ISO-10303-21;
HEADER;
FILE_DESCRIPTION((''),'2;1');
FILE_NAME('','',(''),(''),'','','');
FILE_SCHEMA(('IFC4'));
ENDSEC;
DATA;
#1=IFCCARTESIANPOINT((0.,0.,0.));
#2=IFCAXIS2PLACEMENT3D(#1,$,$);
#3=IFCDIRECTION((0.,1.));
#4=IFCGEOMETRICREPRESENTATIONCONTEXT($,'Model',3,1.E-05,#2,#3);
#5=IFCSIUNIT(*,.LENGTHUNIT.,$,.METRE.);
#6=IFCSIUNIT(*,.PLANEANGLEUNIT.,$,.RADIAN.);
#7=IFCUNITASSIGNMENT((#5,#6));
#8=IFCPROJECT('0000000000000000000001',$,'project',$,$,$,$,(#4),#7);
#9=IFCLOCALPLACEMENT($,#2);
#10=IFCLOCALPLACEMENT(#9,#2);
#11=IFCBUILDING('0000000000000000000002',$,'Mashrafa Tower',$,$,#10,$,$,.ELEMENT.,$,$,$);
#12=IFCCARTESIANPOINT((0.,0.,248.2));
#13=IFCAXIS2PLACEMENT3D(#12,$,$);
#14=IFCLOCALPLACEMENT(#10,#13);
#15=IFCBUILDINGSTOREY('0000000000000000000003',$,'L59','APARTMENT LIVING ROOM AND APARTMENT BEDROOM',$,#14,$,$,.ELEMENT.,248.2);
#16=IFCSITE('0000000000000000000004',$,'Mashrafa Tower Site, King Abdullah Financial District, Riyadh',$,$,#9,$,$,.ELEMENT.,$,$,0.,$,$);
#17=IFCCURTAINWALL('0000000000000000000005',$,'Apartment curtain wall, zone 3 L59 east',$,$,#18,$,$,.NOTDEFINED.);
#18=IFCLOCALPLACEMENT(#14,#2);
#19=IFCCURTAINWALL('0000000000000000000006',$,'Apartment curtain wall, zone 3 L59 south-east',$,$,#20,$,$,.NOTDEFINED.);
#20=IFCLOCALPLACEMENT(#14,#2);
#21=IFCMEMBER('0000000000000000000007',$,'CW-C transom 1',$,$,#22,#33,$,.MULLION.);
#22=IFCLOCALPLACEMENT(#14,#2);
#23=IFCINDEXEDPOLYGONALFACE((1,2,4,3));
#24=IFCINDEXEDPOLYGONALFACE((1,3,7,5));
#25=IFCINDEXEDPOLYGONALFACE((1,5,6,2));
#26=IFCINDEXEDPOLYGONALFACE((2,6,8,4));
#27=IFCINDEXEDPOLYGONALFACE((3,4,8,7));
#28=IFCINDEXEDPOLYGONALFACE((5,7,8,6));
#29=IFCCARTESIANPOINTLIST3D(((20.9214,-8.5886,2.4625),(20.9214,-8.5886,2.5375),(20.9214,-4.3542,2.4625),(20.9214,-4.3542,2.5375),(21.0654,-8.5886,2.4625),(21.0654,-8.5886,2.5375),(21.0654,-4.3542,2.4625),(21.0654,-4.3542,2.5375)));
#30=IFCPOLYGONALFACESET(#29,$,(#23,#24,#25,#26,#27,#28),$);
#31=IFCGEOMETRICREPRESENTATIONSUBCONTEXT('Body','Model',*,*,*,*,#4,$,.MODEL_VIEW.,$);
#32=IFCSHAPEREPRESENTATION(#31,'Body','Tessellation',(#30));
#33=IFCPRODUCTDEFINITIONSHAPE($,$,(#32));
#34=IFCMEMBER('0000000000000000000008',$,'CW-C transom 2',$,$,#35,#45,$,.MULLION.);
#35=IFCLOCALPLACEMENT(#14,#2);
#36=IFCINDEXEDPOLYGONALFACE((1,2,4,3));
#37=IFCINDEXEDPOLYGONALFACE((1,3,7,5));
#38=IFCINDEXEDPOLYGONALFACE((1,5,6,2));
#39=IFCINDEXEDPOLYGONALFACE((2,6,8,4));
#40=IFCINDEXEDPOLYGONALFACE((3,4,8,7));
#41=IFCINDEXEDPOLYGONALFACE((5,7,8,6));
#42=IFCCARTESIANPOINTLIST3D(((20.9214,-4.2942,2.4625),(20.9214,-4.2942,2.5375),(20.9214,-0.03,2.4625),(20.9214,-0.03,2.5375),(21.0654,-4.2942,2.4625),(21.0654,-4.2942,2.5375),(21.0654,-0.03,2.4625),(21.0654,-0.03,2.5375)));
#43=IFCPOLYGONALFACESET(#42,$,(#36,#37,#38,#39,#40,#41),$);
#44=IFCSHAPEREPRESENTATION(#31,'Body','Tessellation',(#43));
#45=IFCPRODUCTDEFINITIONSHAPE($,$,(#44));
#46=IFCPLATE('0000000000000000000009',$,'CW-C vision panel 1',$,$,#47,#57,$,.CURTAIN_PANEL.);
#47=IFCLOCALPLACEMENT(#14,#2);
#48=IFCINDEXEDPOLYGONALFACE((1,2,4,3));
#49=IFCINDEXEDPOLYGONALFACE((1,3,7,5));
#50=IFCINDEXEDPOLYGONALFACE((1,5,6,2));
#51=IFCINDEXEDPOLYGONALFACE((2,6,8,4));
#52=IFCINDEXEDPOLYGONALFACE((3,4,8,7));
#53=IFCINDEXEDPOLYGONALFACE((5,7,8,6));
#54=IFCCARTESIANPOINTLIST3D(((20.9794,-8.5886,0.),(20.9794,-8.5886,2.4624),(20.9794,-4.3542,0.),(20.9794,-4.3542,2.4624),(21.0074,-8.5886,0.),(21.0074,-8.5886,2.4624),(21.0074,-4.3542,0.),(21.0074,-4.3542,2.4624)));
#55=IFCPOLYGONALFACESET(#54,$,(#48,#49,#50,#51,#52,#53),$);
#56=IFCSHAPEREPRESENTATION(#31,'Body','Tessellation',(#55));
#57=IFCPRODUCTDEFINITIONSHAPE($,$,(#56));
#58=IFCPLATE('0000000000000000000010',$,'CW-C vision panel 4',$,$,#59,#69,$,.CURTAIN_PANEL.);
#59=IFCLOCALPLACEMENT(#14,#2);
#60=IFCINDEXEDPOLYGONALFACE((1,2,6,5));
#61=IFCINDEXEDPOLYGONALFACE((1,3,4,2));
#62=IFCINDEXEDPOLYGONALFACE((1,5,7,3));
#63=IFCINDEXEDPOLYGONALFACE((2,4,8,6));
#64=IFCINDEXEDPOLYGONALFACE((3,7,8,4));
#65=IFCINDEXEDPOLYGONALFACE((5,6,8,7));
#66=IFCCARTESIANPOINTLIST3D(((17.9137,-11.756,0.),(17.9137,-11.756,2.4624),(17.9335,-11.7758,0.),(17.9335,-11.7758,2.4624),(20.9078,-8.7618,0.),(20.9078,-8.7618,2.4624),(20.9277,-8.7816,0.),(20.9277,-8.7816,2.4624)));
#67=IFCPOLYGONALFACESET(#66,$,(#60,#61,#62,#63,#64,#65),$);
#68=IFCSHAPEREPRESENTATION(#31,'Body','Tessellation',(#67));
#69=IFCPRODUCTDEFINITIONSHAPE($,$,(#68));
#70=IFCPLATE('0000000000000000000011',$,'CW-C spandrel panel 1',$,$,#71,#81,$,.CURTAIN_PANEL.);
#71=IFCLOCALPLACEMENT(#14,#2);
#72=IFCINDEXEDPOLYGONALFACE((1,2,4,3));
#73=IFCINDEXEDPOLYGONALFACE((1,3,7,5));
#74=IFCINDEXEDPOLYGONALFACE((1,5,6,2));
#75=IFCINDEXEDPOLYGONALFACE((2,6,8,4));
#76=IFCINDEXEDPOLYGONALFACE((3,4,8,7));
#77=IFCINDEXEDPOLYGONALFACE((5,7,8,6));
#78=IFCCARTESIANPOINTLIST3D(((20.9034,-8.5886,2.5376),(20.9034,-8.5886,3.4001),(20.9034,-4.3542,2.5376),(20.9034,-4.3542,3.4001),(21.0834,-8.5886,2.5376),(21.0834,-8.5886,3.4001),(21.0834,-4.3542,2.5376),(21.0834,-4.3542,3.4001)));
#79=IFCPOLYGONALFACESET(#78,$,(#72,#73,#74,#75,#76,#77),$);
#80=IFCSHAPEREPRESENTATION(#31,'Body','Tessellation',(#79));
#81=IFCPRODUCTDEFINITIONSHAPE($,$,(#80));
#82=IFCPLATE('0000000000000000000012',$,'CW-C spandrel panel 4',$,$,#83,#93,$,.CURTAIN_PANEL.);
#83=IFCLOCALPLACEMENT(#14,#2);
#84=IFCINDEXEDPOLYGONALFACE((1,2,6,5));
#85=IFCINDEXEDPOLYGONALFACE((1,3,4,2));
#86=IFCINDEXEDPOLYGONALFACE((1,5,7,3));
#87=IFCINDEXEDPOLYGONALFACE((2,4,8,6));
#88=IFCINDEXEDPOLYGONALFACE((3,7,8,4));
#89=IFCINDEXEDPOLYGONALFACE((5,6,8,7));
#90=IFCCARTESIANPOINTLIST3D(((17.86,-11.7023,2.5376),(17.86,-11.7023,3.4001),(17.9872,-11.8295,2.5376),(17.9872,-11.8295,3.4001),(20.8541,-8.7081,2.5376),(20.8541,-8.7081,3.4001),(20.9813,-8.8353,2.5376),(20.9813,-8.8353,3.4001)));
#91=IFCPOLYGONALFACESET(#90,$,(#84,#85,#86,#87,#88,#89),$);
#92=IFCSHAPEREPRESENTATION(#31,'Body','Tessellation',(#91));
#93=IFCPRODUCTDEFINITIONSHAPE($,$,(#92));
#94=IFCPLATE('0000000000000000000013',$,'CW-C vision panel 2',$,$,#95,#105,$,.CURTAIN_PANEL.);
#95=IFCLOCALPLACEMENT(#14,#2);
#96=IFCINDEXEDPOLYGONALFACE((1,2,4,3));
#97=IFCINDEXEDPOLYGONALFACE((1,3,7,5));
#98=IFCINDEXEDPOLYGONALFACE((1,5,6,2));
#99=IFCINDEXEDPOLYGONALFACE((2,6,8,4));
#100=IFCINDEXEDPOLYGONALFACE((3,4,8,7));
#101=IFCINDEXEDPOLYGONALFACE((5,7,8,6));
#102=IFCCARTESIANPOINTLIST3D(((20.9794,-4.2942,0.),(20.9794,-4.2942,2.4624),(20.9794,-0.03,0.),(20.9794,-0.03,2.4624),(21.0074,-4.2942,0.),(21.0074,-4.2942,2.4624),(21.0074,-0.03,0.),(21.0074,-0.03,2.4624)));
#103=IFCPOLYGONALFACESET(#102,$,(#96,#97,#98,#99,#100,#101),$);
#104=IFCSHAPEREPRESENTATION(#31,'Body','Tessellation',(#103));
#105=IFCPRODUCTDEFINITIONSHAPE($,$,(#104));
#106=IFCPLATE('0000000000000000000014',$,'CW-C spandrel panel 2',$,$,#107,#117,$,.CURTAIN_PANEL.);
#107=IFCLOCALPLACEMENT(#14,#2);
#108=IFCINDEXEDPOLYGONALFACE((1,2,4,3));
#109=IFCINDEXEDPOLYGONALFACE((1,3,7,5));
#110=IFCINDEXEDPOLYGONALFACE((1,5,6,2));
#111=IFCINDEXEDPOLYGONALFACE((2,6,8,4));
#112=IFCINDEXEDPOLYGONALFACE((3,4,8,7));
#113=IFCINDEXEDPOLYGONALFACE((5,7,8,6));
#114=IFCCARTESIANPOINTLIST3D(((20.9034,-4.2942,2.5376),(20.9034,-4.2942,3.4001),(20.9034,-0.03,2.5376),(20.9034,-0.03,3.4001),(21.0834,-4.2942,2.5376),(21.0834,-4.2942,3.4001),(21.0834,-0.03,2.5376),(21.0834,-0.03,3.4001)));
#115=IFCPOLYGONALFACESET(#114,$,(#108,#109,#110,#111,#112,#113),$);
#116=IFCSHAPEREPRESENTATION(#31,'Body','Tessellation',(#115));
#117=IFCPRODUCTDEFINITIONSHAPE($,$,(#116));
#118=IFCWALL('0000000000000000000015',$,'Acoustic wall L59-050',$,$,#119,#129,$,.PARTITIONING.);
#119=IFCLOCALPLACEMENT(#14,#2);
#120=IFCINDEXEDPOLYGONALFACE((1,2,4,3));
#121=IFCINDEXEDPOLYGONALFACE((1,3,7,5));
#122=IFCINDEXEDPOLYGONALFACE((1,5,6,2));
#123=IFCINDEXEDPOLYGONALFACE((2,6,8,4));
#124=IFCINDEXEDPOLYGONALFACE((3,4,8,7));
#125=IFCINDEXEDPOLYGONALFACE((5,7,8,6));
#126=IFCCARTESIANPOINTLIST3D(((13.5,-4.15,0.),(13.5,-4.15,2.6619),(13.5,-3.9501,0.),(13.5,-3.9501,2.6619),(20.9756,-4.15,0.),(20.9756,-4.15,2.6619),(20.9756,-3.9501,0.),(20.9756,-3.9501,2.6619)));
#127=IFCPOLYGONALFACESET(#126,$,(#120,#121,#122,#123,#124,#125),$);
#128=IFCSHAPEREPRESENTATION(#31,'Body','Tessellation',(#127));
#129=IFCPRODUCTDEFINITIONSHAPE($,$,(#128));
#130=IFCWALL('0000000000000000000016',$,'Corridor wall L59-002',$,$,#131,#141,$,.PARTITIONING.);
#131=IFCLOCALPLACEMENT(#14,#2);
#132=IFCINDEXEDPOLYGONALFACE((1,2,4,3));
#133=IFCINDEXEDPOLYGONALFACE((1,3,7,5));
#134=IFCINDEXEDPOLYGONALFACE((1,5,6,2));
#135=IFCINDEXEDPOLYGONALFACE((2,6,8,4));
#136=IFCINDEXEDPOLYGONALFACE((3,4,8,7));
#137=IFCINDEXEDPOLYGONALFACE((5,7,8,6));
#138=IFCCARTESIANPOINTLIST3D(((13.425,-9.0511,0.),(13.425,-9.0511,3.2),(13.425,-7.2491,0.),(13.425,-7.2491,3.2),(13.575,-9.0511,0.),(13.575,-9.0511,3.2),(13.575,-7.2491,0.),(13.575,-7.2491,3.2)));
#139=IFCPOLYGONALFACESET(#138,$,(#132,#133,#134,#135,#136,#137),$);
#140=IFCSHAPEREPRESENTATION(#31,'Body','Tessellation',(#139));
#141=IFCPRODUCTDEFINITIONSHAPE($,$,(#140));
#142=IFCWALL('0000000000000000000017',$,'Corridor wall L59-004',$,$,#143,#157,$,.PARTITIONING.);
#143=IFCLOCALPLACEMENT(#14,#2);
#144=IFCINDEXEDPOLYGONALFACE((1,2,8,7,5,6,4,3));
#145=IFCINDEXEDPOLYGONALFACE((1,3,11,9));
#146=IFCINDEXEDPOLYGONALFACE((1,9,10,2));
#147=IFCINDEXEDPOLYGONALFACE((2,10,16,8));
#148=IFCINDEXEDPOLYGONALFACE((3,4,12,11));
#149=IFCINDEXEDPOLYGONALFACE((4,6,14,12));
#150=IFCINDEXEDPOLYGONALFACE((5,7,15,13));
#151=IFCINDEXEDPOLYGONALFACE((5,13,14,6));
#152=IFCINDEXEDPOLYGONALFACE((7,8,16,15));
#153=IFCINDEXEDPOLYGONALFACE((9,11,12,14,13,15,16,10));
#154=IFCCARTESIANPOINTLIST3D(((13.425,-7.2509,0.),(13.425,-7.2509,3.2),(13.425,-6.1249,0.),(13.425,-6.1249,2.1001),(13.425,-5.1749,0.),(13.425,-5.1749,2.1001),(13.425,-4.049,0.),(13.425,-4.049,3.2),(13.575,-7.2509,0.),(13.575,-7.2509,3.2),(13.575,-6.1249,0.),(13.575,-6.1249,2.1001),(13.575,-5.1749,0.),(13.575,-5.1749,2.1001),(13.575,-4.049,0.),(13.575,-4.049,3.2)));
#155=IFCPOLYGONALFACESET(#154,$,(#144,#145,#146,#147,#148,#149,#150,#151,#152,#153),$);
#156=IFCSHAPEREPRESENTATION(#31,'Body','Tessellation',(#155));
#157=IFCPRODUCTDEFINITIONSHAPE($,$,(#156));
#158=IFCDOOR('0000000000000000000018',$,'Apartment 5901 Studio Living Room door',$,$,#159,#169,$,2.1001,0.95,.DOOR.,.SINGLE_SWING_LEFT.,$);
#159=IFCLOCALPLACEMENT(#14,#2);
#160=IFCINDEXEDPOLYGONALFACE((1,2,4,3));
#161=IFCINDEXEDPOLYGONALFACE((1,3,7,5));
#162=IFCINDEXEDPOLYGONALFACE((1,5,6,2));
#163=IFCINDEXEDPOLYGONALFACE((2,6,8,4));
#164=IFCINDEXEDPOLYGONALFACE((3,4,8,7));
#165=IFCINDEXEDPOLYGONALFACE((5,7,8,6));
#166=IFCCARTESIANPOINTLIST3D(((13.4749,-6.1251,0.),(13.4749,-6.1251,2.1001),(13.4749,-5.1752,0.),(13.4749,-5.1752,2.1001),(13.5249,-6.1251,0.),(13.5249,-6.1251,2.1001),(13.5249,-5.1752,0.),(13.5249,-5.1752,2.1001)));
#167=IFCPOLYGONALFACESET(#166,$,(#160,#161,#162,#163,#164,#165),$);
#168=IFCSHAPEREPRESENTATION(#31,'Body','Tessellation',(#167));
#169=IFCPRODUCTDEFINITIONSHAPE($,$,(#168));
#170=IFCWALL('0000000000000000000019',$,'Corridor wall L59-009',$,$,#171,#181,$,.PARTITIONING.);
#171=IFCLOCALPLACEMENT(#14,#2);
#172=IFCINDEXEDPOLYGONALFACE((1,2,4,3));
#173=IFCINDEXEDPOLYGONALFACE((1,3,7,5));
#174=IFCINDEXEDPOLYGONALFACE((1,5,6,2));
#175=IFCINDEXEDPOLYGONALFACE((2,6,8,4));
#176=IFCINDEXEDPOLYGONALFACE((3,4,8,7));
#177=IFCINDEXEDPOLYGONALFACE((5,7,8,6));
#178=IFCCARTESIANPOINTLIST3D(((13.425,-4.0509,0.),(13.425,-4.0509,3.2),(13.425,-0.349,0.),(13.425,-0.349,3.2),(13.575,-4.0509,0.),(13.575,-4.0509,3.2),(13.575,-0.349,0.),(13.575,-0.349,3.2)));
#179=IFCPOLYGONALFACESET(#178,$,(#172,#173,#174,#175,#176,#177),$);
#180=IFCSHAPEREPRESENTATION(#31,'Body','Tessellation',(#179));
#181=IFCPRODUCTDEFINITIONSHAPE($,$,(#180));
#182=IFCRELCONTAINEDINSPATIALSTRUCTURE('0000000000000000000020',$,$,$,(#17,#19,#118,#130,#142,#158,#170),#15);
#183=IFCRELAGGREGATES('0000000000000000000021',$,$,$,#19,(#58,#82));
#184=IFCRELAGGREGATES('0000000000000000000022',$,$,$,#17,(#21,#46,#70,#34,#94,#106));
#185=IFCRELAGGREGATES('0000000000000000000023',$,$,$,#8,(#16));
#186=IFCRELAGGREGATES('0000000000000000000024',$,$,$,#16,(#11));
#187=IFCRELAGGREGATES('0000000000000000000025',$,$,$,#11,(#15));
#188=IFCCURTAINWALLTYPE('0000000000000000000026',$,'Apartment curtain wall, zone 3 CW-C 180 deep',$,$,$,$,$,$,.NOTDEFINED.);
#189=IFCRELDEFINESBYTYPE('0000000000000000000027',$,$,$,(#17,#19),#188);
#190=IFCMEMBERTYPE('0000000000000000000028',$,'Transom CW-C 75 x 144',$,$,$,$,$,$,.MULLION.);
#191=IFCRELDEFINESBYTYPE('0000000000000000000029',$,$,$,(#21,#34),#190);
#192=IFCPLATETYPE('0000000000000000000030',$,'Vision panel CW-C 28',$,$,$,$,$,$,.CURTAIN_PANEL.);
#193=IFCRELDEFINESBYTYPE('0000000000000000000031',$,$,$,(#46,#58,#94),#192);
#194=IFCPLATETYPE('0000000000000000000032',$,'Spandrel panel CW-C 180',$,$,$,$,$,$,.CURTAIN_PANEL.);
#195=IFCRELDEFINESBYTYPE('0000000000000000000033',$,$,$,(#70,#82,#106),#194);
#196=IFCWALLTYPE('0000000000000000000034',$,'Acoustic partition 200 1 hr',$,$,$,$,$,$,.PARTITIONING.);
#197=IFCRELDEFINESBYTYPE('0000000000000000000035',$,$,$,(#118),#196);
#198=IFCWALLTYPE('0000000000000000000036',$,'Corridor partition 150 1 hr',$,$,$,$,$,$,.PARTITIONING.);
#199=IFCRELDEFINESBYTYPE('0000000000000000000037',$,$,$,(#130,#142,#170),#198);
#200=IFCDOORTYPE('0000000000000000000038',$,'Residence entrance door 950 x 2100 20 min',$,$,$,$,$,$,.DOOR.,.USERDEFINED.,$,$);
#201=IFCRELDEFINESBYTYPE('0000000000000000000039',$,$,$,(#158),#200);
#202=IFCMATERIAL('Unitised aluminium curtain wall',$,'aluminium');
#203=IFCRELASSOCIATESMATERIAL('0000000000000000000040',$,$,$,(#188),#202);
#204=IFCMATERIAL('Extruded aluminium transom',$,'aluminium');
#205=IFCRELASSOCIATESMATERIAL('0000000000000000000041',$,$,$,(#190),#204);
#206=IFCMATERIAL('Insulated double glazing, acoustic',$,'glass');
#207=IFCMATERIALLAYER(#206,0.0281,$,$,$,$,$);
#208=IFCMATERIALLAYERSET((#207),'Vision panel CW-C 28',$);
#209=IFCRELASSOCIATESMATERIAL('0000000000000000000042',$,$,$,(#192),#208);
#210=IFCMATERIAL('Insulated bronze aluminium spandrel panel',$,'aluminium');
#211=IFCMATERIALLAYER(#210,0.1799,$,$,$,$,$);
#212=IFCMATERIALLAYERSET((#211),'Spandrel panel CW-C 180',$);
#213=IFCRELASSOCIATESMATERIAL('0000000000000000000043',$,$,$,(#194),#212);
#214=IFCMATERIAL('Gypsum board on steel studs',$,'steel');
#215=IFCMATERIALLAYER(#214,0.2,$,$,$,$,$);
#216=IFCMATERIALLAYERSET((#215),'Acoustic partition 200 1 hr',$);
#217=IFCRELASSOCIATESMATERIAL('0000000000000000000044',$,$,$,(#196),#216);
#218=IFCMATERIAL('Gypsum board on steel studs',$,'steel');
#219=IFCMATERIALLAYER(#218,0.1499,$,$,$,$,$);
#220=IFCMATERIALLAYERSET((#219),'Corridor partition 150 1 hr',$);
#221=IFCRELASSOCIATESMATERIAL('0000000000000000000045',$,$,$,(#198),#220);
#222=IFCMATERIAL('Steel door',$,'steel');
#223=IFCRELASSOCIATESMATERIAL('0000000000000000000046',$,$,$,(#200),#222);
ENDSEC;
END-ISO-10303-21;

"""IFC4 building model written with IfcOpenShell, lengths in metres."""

from ifc_helpers import new_model, si_unit, direction, frame, frame_2d, origin, origin_2d, place, context, subcontext, project, spatial, rectangle, extrude, source, transform, mapped, material, layer, layer_set, material_profile, profile_set, type_object, type_shapes, element, fill, aggregate, save


model = new_model("IFC4")

# Units and contexts
model_context = context("Model", 3, precision=1e-05, world=origin(), true_north=direction((0.0, 1.0)))
body_context = subcontext(model_context, "Body", "Model", "MODEL_VIEW")
ifc_project = project(units=[si_unit("LENGTHUNIT", "METRE"), si_unit("PLANEANGLEUNIT", "RADIAN")], contexts=[model_context])

# Site, building, storey
site_placement = place(None, origin())
site = spatial("IfcSite", under=ifc_project, at=site_placement, Name="Mashrafa Tower Site, King Abdullah Financial District, Riyadh", CompositionType="ELEMENT", RefElevation=0.0)
building_placement = place(site_placement, origin())
building = spatial("IfcBuilding", under=site, at=building_placement, Name="Mashrafa Tower", CompositionType="ELEMENT")
storey_placement = place(building_placement, frame((0.0, 0.0, 248.2)))
storey = spatial("IfcBuildingStorey", under=building, at=storey_placement, Name="L59", Description="APARTMENT LIVING ROOM AND APARTMENT BEDROOM", CompositionType="ELEMENT", Elevation=248.2)

# Curtain wall
ifc_material_1 = material(Name="Unitised aluminium curtain wall", Category="aluminium")
curtain_wall_type = type_object("IfcCurtainWallType", Name="Apartment curtain wall, zone 3 CW-C 180 deep", PredefinedType="NOTDEFINED", material=ifc_material_1)
curtain_wall_1_placement = place(storey_placement, origin())
curtain_wall_1 = element("IfcCurtainWall", 1, at=curtain_wall_1_placement, inside=storey, type_object=curtain_wall_type, Name="Apartment curtain wall, zone 3 L59 east", PredefinedType="NOTDEFINED")

# Curtain wall
curtain_wall_2_placement = place(storey_placement, origin())
curtain_wall_2 = element("IfcCurtainWall", 2, at=curtain_wall_2_placement, inside=storey, type_object=curtain_wall_type, Name="Apartment curtain wall, zone 3 L59 south-east", PredefinedType="NOTDEFINED")

# Members
ifc_material_2 = material(Name="Extruded aluminium transom", Category="aluminium")
ifc_material_profile_1 = material_profile(ifc_material_2, rectangle(XDim=0.144, YDim=0.075, at=origin_2d()), Name="Transom 75x144")
ifc_profile_set_1 = profile_set([ifc_material_profile_1], Name="Extruded aluminium transom")
member_type_1 = type_object("IfcMemberType", Name="Transom CW-C 75 x 144", PredefinedType="MULLION", material=ifc_profile_set_1)
shared_shape_1 = source(origin(), body_context, "Body", "SweptSolid", [
    extrude(rectangle(XDim=0.144, YDim=0.075, at=origin_2d()), origin(), (0.0, 0.0, 1.0), 4.2344),
])
member_1_placement = place(storey_placement, frame((20.9934, -8.5886, 2.5), z_axis=(0.0, 1.0, 0.0), x_axis=(-1.0, 0.0, 0.0)))
member_1 = element("IfcMember", 3, at=member_1_placement, type_object=member_type_1, Name="CW-C transom 1", PredefinedType="MULLION", context=body_context, shape_type="MappedRepresentation", body=[
    mapped(shared_shape_1, transform((0.0, 0.0, 0.0))),
])
shared_shape_2 = source(origin(), body_context, "Body", "SweptSolid", [
    extrude(rectangle(XDim=0.144, YDim=0.075, at=origin_2d()), origin(), (0.0, 0.0, 1.0), 4.2642),
])
type_shapes(member_type_1, [shared_shape_1, shared_shape_2])
member_2_placement = place(storey_placement, frame((20.9934, -4.2942, 2.5), z_axis=(0.0, 1.0, 0.0), x_axis=(-1.0, 0.0, 0.0)))
member_2 = element("IfcMember", 4, at=member_2_placement, type_object=member_type_1, Name="CW-C transom 2", PredefinedType="MULLION", context=body_context, shape_type="MappedRepresentation", body=[
    mapped(shared_shape_2, transform((0.0, 0.0, 0.0))),
])

# Plates
ifc_material_3 = material(Name="Insulated double glazing, acoustic", Category="glass")
ifc_layer_1 = layer(ifc_material_3, 0.0281)
ifc_layer_set_1 = layer_set([ifc_layer_1], Name="Vision panel CW-C 28")
plate_type_1 = type_object("IfcPlateType", Name="Vision panel CW-C 28", PredefinedType="CURTAIN_PANEL", material=ifc_layer_set_1)
shared_shape_3 = source(origin(), body_context, "Body", "SweptSolid", [
    extrude(rectangle(XDim=4.2344, YDim=0.0281, at=origin_2d()), origin(), (0.0, 0.0, 1.0), 2.4624),
])
plate_1_placement = place(storey_placement, frame((20.9934, -6.4714, 0.0), z_axis=(0.0, 0.0, 1.0), x_axis=(0.0, 1.0, 0.0)))
plate_1 = element("IfcPlate", 5, at=plate_1_placement, type_object=plate_type_1, Name="CW-C vision panel 1", PredefinedType="CURTAIN_PANEL", context=body_context, shape_type="MappedRepresentation", body=[
    mapped(shared_shape_3, transform((0.0, 0.0, 0.0))),
])
plate_2_placement = place(storey_placement, frame((19.4207, -10.2688, 0.0), z_axis=(0.0, 0.0, 1.0), x_axis=(0.707107, 0.707107, 0.0)))
plate_2 = element("IfcPlate", 6, at=plate_2_placement, type_object=plate_type_1, Name="CW-C vision panel 4", PredefinedType="CURTAIN_PANEL", context=body_context, shape_type="MappedRepresentation", body=[
    mapped(shared_shape_3, transform((0.0, 0.0, 0.0))),
])
ifc_material_4 = material(Name="Insulated bronze aluminium spandrel panel", Category="aluminium")
ifc_layer_2 = layer(ifc_material_4, 0.1799)
ifc_layer_set_2 = layer_set([ifc_layer_2], Name="Spandrel panel CW-C 180")
plate_type_2 = type_object("IfcPlateType", Name="Spandrel panel CW-C 180", PredefinedType="CURTAIN_PANEL", material=ifc_layer_set_2)
shared_shape_4 = source(origin(), body_context, "Body", "SweptSolid", [
    extrude(rectangle(XDim=4.2344, YDim=0.1799, at=origin_2d()), origin(), (0.0, 0.0, 1.0), 0.8625),
])
plate_3_placement = place(storey_placement, frame((20.9934, -6.4714, 2.5376), z_axis=(0.0, 0.0, 1.0), x_axis=(0.0, 1.0, 0.0)))
plate_3 = element("IfcPlate", 7, at=plate_3_placement, type_object=plate_type_2, Name="CW-C spandrel panel 1", PredefinedType="CURTAIN_PANEL", context=body_context, shape_type="MappedRepresentation", body=[
    mapped(shared_shape_4, transform((0.0, 0.0, 0.0))),
])
plate_4_placement = place(storey_placement, frame((19.4207, -10.2688, 2.5376), z_axis=(0.0, 0.0, 1.0), x_axis=(0.707107, 0.707107, 0.0)))
plate_4 = element("IfcPlate", 8, at=plate_4_placement, type_object=plate_type_2, Name="CW-C spandrel panel 4", PredefinedType="CURTAIN_PANEL", context=body_context, shape_type="MappedRepresentation", body=[
    mapped(shared_shape_4, transform((0.0, 0.0, 0.0))),
])
aggregate(curtain_wall_2, [plate_2, plate_4])
shared_shape_5 = source(origin(), body_context, "Body", "SweptSolid", [
    extrude(rectangle(XDim=4.2642, YDim=0.0281, at=origin_2d()), origin(), (0.0, 0.0, 1.0), 2.4624),
])
type_shapes(plate_type_1, [shared_shape_3, shared_shape_5])
plate_5_placement = place(storey_placement, frame((20.9934, -2.1621, 0.0), z_axis=(0.0, 0.0, 1.0), x_axis=(0.0, 1.0, 0.0)))
plate_5 = element("IfcPlate", 9, at=plate_5_placement, type_object=plate_type_1, Name="CW-C vision panel 2", PredefinedType="CURTAIN_PANEL", context=body_context, shape_type="MappedRepresentation", body=[
    mapped(shared_shape_5, transform((0.0, 0.0, 0.0))),
])
shared_shape_6 = source(origin(), body_context, "Body", "SweptSolid", [
    extrude(rectangle(XDim=4.2642, YDim=0.1799, at=origin_2d()), origin(), (0.0, 0.0, 1.0), 0.8625),
])
type_shapes(plate_type_2, [shared_shape_4, shared_shape_6])
plate_6_placement = place(storey_placement, frame((20.9934, -2.1621, 2.5376), z_axis=(0.0, 0.0, 1.0), x_axis=(0.0, 1.0, 0.0)))
plate_6 = element("IfcPlate", 10, at=plate_6_placement, type_object=plate_type_2, Name="CW-C spandrel panel 2", PredefinedType="CURTAIN_PANEL", context=body_context, shape_type="MappedRepresentation", body=[
    mapped(shared_shape_6, transform((0.0, 0.0, 0.0))),
])
aggregate(curtain_wall_1, [member_1, plate_1, plate_3, member_2, plate_5, plate_6])

# Walls
ifc_material_5 = material(Name="Gypsum board on steel studs", Category="steel")
ifc_layer_3 = layer(ifc_material_5, 0.2)
ifc_layer_set_3 = layer_set([ifc_layer_3], Name="Acoustic partition 200 1 hr")
wall_type_1 = type_object("IfcWallType", Name="Acoustic partition 200 1 hr", PredefinedType="PARTITIONING", material=ifc_layer_set_3)
wall_1_placement = place(storey_placement, frame((20.9756, -4.05, 0.0), z_axis=(0.0, 0.0, 1.0), x_axis=(-1.0, 0.0, 0.0)))
element("IfcWall", 11, at=wall_1_placement, inside=storey, type_object=wall_type_1, Name="Acoustic wall L59-050", PredefinedType="PARTITIONING", context=body_context, shape_type="SweptSolid", body=[
    extrude(rectangle(XDim=7.4756, YDim=0.2, at=frame_2d((3.7378, 0.0))), origin(), (0.0, 0.0, 1.0), 2.6619),
])
ifc_material_6 = material(Name="Gypsum board on steel studs", Category="steel")
ifc_layer_4 = layer(ifc_material_6, 0.1499)
ifc_layer_set_4 = layer_set([ifc_layer_4], Name="Corridor partition 150 1 hr")
wall_type_2 = type_object("IfcWallType", Name="Corridor partition 150 1 hr", PredefinedType="PARTITIONING", material=ifc_layer_set_4)
wall_2_placement = place(storey_placement, frame((13.5, -9.051, 0.0), z_axis=(0.0, 0.0, 1.0), x_axis=(0.0, 1.0, 0.0)))
element("IfcWall", 12, at=wall_2_placement, inside=storey, type_object=wall_type_2, Name="Corridor wall L59-002", PredefinedType="PARTITIONING", context=body_context, shape_type="SweptSolid", body=[
    extrude(rectangle(XDim=1.802, YDim=0.1499, at=frame_2d((0.9009, 0.0))), origin(), (0.0, 0.0, 1.0), 3.2),
])

# Wall, opening, door
wall_3_placement = place(storey_placement, frame((13.5, -7.251, 0.0), z_axis=(0.0, 0.0, 1.0), x_axis=(0.0, 1.0, 0.0)))
wall_3 = element("IfcWall", 13, at=wall_3_placement, inside=storey, type_object=wall_type_2, Name="Corridor wall L59-004", PredefinedType="PARTITIONING", context=body_context, shape_type="SweptSolid", body=[
    extrude(rectangle(XDim=3.2019, YDim=0.1499, at=frame_2d((1.6011, 0.0))), origin(), (0.0, 0.0, 1.0), 3.2),
])
opening_1_placement = place(wall_3_placement, frame((1.126, 0.0, 0.0)))
opening_1 = element("IfcOpeningElement", 14, at=opening_1_placement, cuts=wall_3, PredefinedType="OPENING", context=body_context, shape_type="SweptSolid", body=[
    extrude(rectangle(XDim=0.95, YDim=2.1001, at=frame_2d((0.4751, 1.05))), frame((0.0, 0.085, 0.0), z_axis=(0.0, -1.0, 0.0), x_axis=(1.0, 0.0, 0.0)), (0.0, 0.0, 1.0), 0.1699),
])
ifc_material_7 = material(Name="Steel door", Category="steel")
door_type_1 = type_object("IfcDoorType", Name="Residence entrance door 950 x 2100 20 min", OperationType="USERDEFINED", PredefinedType="DOOR", material=ifc_material_7)
door_1_placement = place(opening_1_placement, frame((0.95, 0.0, 0.0), z_axis=(0.0, 0.0, 1.0), x_axis=(-1.0, 0.0, 0.0)))
door_1 = element("IfcDoor", 15, at=door_1_placement, inside=storey, type_object=door_type_1, Name="Apartment 5901 Studio Living Room door", OperationType="SINGLE_SWING_LEFT", OverallHeight=2.1001, OverallWidth=0.95, PredefinedType="DOOR", context=body_context, shape_type="SweptSolid", body=[
    extrude(rectangle(XDim=0.95, YDim=2.1001, at=frame_2d((0.4751, 1.05))), frame((0.0, 0.0249, 0.0), z_axis=(0.0, -1.0, 0.0), x_axis=(1.0, 0.0, 0.0)), (0.0, 0.0, 1.0), 0.05),
])
fill(opening_1, door_1)

# Wall
wall_4_placement = place(storey_placement, frame((13.5, -4.051, 0.0), z_axis=(0.0, 0.0, 1.0), x_axis=(0.0, 1.0, 0.0)))
element("IfcWall", 16, at=wall_4_placement, inside=storey, type_object=wall_type_2, Name="Corridor wall L59-009", PredefinedType="PARTITIONING", context=body_context, shape_type="SweptSolid", body=[
    extrude(rectangle(XDim=3.7019, YDim=0.1499, at=frame_2d((1.8511, 0.0))), origin(), (0.0, 0.0, 1.0), 3.2),
])

save(model, "model.ifc")
